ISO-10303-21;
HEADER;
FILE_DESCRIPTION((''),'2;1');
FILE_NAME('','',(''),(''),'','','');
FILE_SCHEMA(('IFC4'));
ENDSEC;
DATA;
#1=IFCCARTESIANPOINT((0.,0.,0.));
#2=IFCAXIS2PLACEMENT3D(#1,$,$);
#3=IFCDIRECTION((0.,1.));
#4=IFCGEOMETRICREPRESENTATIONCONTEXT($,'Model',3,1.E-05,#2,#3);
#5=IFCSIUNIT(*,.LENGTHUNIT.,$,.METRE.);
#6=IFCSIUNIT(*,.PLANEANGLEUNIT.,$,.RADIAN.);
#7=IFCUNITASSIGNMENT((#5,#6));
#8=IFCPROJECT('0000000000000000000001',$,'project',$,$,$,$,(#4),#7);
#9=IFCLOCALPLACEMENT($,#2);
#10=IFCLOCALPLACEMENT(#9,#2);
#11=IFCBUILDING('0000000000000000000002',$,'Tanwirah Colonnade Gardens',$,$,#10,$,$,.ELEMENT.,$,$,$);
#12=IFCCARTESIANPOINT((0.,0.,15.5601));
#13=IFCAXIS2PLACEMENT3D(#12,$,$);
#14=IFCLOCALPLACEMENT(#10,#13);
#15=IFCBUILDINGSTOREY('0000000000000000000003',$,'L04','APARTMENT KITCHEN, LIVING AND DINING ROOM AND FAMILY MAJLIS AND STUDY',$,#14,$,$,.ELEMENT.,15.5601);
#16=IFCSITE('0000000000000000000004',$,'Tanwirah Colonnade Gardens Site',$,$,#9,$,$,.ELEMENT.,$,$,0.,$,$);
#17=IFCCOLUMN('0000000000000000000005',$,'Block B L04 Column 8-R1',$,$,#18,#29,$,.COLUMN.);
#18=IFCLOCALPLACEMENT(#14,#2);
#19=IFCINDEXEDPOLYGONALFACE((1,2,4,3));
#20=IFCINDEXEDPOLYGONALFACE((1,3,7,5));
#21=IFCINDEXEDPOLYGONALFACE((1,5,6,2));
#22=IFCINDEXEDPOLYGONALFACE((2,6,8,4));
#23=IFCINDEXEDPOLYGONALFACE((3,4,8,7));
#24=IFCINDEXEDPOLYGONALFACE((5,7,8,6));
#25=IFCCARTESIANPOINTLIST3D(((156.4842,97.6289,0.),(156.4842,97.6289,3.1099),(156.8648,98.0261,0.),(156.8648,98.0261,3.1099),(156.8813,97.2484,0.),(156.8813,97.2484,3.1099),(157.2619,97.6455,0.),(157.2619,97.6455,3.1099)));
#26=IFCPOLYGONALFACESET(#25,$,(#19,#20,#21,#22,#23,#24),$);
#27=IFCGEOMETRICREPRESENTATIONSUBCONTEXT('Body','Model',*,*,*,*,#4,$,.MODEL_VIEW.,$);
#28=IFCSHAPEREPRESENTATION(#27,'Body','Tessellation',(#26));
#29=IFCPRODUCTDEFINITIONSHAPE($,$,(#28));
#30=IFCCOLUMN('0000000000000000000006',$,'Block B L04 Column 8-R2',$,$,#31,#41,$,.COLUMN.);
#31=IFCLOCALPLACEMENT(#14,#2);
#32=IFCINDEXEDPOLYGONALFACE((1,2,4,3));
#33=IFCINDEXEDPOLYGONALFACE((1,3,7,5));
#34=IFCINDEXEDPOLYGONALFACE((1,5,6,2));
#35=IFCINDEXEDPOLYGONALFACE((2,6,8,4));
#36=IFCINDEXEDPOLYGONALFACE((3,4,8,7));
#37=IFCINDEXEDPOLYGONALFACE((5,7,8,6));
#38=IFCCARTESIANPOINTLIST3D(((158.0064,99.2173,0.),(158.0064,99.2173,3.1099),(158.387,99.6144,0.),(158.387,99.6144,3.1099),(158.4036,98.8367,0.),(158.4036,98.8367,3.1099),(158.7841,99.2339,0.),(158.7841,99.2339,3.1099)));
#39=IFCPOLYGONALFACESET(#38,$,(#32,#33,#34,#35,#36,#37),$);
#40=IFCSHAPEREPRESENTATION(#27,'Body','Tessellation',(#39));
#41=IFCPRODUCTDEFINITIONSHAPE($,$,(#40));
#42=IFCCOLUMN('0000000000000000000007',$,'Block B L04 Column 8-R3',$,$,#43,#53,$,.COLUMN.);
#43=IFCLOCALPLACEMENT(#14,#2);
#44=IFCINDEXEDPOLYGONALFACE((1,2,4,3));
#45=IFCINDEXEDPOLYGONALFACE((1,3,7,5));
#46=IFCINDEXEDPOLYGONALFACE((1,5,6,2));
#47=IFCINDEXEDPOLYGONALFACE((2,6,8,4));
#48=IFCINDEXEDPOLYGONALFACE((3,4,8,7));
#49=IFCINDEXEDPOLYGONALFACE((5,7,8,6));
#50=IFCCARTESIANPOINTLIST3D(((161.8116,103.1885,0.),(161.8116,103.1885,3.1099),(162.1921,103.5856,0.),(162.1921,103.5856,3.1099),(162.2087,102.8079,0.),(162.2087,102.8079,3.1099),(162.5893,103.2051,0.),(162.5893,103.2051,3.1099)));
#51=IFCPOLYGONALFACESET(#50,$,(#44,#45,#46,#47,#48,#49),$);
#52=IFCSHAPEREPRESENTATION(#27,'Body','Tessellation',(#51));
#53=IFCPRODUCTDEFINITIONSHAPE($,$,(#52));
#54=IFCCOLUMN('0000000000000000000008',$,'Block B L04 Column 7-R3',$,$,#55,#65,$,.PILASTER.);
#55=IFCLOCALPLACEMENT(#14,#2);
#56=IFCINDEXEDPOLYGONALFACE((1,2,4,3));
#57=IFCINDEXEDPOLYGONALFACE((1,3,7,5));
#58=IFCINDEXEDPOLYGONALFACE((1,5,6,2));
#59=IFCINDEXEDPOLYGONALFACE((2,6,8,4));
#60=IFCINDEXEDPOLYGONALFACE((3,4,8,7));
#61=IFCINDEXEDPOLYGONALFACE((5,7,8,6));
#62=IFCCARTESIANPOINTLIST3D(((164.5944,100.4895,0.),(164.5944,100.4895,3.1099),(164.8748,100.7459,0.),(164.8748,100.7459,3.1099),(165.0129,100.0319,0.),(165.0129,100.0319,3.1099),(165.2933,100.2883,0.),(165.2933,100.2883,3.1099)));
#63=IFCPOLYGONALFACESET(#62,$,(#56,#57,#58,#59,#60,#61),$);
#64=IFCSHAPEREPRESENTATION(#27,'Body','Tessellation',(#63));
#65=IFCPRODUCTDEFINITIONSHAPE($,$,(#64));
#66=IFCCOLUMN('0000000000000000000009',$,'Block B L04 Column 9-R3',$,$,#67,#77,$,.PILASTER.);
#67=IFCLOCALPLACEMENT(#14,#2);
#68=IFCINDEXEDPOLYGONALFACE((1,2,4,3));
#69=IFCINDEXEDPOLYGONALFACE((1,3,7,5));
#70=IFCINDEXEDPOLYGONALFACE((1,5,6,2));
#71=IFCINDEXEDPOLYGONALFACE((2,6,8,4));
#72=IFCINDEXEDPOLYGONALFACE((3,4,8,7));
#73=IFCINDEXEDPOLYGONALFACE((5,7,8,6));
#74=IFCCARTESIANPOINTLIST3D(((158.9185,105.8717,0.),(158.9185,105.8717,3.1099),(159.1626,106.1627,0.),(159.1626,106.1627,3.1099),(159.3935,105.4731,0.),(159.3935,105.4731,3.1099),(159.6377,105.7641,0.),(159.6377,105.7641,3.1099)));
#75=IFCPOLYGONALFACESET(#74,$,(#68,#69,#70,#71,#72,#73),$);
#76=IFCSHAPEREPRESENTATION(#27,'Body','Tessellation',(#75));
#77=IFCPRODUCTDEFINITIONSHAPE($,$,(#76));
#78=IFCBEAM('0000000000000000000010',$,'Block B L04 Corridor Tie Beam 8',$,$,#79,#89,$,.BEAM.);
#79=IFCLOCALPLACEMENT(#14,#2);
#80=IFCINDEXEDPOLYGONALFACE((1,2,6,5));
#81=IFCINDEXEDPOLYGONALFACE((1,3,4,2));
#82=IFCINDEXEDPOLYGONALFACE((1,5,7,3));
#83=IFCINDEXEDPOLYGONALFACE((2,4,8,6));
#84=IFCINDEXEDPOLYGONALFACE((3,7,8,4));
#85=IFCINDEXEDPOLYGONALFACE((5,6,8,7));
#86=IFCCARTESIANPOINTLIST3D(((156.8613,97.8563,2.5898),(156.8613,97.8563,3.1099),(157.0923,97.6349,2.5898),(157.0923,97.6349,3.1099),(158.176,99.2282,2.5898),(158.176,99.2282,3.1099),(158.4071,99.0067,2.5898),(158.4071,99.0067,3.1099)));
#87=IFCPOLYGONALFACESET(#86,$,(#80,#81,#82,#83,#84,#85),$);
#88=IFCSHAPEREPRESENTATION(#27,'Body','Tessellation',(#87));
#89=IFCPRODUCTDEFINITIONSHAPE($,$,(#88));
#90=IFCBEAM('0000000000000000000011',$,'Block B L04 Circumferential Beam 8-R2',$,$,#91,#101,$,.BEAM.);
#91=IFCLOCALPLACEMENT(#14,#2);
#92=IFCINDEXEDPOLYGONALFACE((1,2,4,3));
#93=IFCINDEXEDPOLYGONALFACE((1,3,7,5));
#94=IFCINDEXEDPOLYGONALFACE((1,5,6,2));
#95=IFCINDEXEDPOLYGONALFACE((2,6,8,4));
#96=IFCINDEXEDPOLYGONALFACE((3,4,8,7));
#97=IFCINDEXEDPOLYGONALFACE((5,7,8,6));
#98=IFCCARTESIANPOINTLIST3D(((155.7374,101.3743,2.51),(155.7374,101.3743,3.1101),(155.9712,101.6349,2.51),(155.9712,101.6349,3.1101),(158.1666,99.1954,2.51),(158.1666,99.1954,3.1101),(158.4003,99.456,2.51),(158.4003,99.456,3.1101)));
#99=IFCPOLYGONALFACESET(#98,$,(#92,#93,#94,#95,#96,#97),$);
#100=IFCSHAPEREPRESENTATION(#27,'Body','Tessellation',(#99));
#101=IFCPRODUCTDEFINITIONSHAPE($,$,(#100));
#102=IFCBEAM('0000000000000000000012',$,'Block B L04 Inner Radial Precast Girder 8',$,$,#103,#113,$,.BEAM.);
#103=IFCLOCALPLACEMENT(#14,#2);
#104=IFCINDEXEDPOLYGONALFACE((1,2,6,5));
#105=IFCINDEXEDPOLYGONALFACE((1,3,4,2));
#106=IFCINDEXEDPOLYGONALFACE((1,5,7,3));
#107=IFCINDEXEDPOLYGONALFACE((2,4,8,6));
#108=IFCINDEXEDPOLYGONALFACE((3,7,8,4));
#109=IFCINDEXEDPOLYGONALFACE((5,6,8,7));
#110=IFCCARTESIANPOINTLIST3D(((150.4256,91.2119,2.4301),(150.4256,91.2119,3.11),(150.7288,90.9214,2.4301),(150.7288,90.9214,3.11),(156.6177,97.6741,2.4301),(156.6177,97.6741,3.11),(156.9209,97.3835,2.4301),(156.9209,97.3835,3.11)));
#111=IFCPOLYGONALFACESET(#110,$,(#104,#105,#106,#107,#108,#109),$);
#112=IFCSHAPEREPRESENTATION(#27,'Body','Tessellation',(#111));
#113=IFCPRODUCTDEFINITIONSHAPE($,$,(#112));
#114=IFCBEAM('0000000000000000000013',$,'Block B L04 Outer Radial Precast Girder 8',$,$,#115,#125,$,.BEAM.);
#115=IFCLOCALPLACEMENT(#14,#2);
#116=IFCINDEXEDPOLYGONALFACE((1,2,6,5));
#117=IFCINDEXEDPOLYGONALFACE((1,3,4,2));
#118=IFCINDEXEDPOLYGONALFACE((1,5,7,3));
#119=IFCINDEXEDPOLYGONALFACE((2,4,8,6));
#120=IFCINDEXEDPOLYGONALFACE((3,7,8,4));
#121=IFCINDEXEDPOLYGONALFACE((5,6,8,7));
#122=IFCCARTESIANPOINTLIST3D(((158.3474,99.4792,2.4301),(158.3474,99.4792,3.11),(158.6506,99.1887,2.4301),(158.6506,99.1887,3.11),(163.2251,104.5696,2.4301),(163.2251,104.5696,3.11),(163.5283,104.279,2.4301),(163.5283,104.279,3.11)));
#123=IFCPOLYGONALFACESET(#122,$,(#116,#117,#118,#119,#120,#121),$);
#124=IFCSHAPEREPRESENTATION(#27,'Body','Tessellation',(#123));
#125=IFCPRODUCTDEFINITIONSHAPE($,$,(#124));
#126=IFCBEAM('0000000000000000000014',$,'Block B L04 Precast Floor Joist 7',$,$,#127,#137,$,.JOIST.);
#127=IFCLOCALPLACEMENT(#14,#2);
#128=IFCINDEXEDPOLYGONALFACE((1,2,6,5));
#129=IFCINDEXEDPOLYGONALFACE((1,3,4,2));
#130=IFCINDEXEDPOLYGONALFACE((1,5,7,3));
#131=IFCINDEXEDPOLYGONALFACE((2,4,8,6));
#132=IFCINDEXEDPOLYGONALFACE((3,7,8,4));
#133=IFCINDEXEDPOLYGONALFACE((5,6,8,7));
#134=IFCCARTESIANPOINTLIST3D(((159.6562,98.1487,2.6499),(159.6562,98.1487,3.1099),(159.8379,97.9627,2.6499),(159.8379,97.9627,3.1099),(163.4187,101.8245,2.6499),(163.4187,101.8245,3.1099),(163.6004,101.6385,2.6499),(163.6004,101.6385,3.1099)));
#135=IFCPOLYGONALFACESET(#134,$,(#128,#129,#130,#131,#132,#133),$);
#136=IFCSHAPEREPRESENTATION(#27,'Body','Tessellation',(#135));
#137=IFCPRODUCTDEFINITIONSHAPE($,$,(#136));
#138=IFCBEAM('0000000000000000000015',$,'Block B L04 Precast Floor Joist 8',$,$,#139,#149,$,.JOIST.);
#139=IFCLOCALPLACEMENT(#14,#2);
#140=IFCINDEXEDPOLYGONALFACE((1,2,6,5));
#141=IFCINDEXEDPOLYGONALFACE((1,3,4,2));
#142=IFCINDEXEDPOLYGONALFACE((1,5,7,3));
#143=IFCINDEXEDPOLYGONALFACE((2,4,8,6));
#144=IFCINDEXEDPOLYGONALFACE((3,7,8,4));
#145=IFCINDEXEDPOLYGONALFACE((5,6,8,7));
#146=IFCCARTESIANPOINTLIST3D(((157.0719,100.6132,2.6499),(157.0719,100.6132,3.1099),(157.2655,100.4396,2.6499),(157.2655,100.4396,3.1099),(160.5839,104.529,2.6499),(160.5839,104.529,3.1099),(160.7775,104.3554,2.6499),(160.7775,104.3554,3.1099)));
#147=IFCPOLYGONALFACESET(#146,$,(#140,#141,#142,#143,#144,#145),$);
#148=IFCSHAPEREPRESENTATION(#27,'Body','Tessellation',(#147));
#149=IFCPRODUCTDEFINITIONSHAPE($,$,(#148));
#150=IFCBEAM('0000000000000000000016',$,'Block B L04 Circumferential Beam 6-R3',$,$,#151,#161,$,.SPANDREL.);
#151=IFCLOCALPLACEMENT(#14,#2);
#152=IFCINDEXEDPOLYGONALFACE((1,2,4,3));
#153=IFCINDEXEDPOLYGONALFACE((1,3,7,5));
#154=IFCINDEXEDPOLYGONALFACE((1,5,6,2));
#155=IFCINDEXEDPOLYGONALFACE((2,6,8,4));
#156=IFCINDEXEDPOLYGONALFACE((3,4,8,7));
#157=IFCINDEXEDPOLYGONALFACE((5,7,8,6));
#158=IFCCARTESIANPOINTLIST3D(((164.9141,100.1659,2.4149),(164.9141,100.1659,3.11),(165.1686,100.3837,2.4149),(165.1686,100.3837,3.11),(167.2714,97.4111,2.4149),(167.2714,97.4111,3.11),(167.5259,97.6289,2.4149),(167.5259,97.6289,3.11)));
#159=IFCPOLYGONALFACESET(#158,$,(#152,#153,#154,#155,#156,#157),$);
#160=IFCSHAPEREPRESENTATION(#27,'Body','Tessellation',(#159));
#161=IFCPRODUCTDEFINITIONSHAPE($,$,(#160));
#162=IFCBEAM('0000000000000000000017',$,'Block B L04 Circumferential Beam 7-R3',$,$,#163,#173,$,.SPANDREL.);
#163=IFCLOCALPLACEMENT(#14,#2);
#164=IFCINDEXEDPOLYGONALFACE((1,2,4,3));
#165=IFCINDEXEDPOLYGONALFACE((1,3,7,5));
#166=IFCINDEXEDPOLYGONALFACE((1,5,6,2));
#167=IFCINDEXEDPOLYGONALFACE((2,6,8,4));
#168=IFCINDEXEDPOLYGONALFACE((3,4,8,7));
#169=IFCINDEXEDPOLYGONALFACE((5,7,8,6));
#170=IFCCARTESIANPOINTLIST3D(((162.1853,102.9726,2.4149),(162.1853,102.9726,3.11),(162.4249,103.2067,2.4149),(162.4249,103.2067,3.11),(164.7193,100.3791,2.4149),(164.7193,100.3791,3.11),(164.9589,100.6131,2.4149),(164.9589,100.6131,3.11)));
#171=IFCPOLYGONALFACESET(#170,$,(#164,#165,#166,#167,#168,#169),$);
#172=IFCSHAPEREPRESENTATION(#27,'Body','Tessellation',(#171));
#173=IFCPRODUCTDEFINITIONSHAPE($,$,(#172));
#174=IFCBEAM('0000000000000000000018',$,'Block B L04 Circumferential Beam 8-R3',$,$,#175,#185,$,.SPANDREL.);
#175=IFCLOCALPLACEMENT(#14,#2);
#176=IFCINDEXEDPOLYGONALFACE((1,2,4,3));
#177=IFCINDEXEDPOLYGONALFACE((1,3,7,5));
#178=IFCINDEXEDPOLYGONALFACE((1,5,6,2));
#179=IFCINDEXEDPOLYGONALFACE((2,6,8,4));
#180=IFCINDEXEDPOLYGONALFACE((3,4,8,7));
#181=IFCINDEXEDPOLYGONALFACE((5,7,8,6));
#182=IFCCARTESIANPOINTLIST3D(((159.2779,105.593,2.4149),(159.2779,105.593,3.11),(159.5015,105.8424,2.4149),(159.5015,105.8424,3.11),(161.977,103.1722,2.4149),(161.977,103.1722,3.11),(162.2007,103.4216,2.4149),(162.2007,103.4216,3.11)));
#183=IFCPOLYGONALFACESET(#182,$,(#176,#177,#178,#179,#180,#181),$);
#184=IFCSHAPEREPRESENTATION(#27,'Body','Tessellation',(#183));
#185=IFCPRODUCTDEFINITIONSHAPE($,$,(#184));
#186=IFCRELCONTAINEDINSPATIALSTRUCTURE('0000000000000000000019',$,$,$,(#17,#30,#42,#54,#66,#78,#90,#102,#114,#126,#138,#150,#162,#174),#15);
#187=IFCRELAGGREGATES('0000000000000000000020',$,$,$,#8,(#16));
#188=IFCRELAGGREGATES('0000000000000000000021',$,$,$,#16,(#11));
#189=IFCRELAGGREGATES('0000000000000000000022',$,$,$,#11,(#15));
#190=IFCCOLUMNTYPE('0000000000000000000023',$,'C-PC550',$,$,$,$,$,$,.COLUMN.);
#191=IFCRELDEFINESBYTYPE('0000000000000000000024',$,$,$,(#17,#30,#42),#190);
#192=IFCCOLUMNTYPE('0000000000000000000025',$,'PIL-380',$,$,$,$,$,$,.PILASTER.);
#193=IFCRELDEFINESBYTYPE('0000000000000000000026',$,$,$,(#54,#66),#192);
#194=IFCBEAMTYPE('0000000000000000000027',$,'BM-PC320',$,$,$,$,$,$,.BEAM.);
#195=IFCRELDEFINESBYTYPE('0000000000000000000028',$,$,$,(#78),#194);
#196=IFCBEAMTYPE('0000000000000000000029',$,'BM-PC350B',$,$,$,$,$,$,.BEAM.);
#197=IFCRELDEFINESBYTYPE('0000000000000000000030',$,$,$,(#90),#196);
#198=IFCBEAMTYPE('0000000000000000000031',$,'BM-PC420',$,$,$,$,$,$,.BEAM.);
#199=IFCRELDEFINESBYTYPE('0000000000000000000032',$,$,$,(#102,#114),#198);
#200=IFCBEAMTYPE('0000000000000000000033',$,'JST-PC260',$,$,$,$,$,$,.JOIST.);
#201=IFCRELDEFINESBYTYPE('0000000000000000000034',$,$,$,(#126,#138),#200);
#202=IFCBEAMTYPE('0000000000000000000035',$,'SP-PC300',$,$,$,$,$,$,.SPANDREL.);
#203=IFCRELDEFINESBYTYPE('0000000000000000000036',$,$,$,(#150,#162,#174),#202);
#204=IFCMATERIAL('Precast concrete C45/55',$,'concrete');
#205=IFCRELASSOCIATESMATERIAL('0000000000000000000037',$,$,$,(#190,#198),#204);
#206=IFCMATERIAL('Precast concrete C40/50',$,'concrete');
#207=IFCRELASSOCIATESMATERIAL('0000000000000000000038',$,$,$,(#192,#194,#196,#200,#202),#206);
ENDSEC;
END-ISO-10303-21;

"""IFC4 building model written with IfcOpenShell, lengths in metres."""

from ifc_helpers import new_model, si_unit, direction, frame, origin, origin_2d, place, context, subcontext, project, spatial, rectangle, extrude, material, material_profile, profile_set, type_object, element, save


model = new_model("IFC4")

# Units and contexts
model_context = context("Model", 3, precision=1e-05, world=origin(), true_north=direction((0.0, 1.0)))
body_context = subcontext(model_context, "Body", "Model", "MODEL_VIEW")
ifc_project = project(units=[si_unit("LENGTHUNIT", "METRE"), si_unit("PLANEANGLEUNIT", "RADIAN")], contexts=[model_context])

# Site, building, storey
site_placement = place(None, origin())
site = spatial("IfcSite", under=ifc_project, at=site_placement, Name="Tanwirah Colonnade Gardens Site", CompositionType="ELEMENT", RefElevation=0.0)
building_placement = place(site_placement, origin())
building = spatial("IfcBuilding", under=site, at=building_placement, Name="Tanwirah Colonnade Gardens", CompositionType="ELEMENT")
storey_placement = place(building_placement, frame((0.0, 0.0, 15.5601)))
storey = spatial("IfcBuildingStorey", under=building, at=storey_placement, Name="L04", Description="APARTMENT KITCHEN, LIVING AND DINING ROOM AND FAMILY MAJLIS AND STUDY", CompositionType="ELEMENT", Elevation=15.5601)

# Columns
ifc_material_1 = material(Name="Precast concrete C45/55", Category="concrete")
ifc_material_profile_1 = material_profile(ifc_material_1, rectangle(XDim=0.55, YDim=0.55, at=origin_2d()), Name="PC-COL 550x550")
ifc_profile_set_1 = profile_set([ifc_material_profile_1], Name="Precast concrete C45/55")
column_type_1 = type_object("IfcColumnType", Name="C-PC550", PredefinedType="COLUMN", material=ifc_profile_set_1)
for number, where, z_axis, x_axis, name in (
    (1, (156.873, 97.6372, 0.0), (0.0, 0.0, 1.0), (0.691863, 0.722029, 0.0), "Block B L04 Column 8-R1"),
    (2, (158.3953, 99.2256, 0.0), (0.0, 0.0, 1.0), (0.691863, 0.722029, 0.0), "Block B L04 Column 8-R2"),
    (3, (162.2004, 103.1968, 0.0), (0.0, 0.0, 1.0), (0.691863, 0.722029, 0.0), "Block B L04 Column 8-R3"),
):
    element("IfcColumn", number, at=place(storey_placement, frame(where, z_axis=z_axis, x_axis=x_axis)), inside=storey, type_object=column_type_1, Name=name, PredefinedType="COLUMN", context=body_context, shape_type="SweptSolid", body=[
        extrude(rectangle(XDim=0.55, YDim=0.55, at=origin_2d()), origin(), (0.0, 0.0, 1.0), 3.1099),
    ])
ifc_material_2 = material(Name="Precast concrete C40/50", Category="concrete")
ifc_material_profile_2 = material_profile(ifc_material_2, rectangle(XDim=0.3799, YDim=0.6201, at=origin_2d()), Name="PC-PIL 380x620")
ifc_profile_set_2 = profile_set([ifc_material_profile_2], Name="Precast concrete C40/50")
column_type_2 = type_object("IfcColumnType", Name="PIL-380", PredefinedType="PILASTER", material=ifc_profile_set_2)
for number, where, z_axis, x_axis, name in (
    (4, (164.9438, 100.3889, 0.0), (0.0, 0.0, 1.0), (0.737932, 0.674875, 0.0), "Block B L04 Column 7-R3"),
    (5, (159.2781, 105.8179, 0.0), (0.0, 0.0, 1.0), (0.642788, 0.766044, 0.0), "Block B L04 Column 9-R3"),
):
    element("IfcColumn", number, at=place(storey_placement, frame(where, z_axis=z_axis, x_axis=x_axis)), inside=storey, type_object=column_type_2, Name=name, PredefinedType="PILASTER", context=body_context, shape_type="SweptSolid", body=[
        extrude(rectangle(XDim=0.3799, YDim=0.6201, at=origin_2d()), origin(), (0.0, 0.0, 1.0), 3.1099),
    ])

# Beams
ifc_material_profile_3 = material_profile(ifc_material_2, rectangle(XDim=0.3201, YDim=0.52, at=origin_2d()), Name="PC-BM 320x520")
ifc_profile_set_3 = profile_set([ifc_material_profile_3], Name="Precast concrete C40/50")
beam_type_1 = type_object("IfcBeamType", Name="BM-PC320", PredefinedType="BEAM", material=ifc_profile_set_3)
beam_1_placement = place(storey_placement, frame((156.9768, 97.7456, 2.8499), z_axis=(0.691914, 0.72198, 0.0), x_axis=(-0.72198, 0.691914, 0.0)))
element("IfcBeam", 6, at=beam_1_placement, inside=storey, type_object=beam_type_1, Name="Block B L04 Corridor Tie Beam 8", PredefinedType="BEAM", context=body_context, shape_type="SweptSolid", body=[
    extrude(rectangle(XDim=0.3201, YDim=0.52, at=origin_2d()), origin(), (0.0, 0.0, 1.0), 1.9001),
])
ifc_material_profile_4 = material_profile(ifc_material_2, rectangle(XDim=0.3501, YDim=0.6001, at=origin_2d()), Name="PC-BM 350x600")
ifc_profile_set_4 = profile_set([ifc_material_profile_4], Name="Precast concrete C40/50")
beam_type_2 = type_object("IfcBeamType", Name="BM-PC350B", PredefinedType="BEAM", material=ifc_profile_set_4)
beam_2_placement = place(storey_placement, frame((158.2834, 99.3257, 2.8101), z_axis=(-0.744409, 0.667724, 0.0), x_axis=(-0.667724, -0.744409, 0.0)))
element("IfcBeam", 7, at=beam_2_placement, inside=storey, type_object=beam_type_2, Name="Block B L04 Circumferential Beam 8-R2", PredefinedType="BEAM", context=body_context, shape_type="SweptSolid", body=[
    extrude(rectangle(XDim=0.3501, YDim=0.6001, at=origin_2d()), origin(), (0.0, 0.0, 1.0), 3.2632),
])
ifc_material_profile_5 = material_profile(ifc_material_1, rectangle(XDim=0.4199, YDim=0.6799, at=origin_2d()), Name="PC-BM 420x680")
ifc_profile_set_5 = profile_set([ifc_material_profile_5], Name="Precast concrete C45/55")
beam_type_3 = type_object("IfcBeamType", Name="BM-PC420", PredefinedType="BEAM", material=ifc_profile_set_5)
beam_3_placement = place(storey_placement, frame((156.7693, 97.5288, 2.77), z_axis=(-0.691861, -0.722031, 0.0), x_axis=(0.722031, -0.691861, 0.0)))
element("IfcBeam", 8, at=beam_3_placement, inside=storey, type_object=beam_type_3, Name="Block B L04 Inner Radial Precast Girder 8", PredefinedType="BEAM", context=body_context, shape_type="SweptSolid", body=[
    extrude(rectangle(XDim=0.4199, YDim=0.6799, at=origin_2d()), origin(), (0.0, 0.0, 1.0), 8.95),
])
beam_4_placement = place(storey_placement, frame((158.499, 99.334, 2.77), z_axis=(0.691865, 0.722027, 0.0), x_axis=(-0.722027, 0.691865, 0.0)))
element("IfcBeam", 9, at=beam_4_placement, inside=storey, type_object=beam_type_3, Name="Block B L04 Outer Radial Precast Girder 8", PredefinedType="BEAM", context=body_context, shape_type="SweptSolid", body=[
    extrude(rectangle(XDim=0.4199, YDim=0.6799, at=origin_2d()), origin(), (0.0, 0.0, 1.0), 7.05),
])
ifc_material_profile_6 = material_profile(ifc_material_2, rectangle(XDim=0.26, YDim=0.46, at=origin_2d()), Name="PC-JST 260x460")
ifc_profile_set_6 = profile_set([ifc_material_profile_6], Name="Precast concrete C40/50")
beam_type_4 = type_object("IfcBeamType", Name="JST-PC260", PredefinedType="JOIST", material=ifc_profile_set_6)
for number, where, z_axis, x_axis, name in (
    (10, (159.7471, 98.0557, 2.8799), (0.715297, 0.69882, 0.0), (-0.69882, 0.715297, 0.0), "Block B L04 Precast Floor Joist 7"),
    (11, (157.1687, 100.5264, 2.8799), (0.667679, 0.744449, 0.0), (-0.744449, 0.667679, 0.0), "Block B L04 Precast Floor Joist 8"),
):
    element("IfcBeam", number, at=place(storey_placement, frame(where, z_axis=z_axis, x_axis=x_axis)), inside=storey, type_object=beam_type_4, Name=name, PredefinedType="JOIST", context=body_context, shape_type="SweptSolid", body=[
        extrude(rectangle(XDim=0.26, YDim=0.46, at=origin_2d()), origin(), (0.0, 0.0, 1.0), 5.26),
    ])
ifc_material_profile_7 = material_profile(ifc_material_2, rectangle(XDim=0.335, YDim=0.6951, at=origin_2d()), Name="PC-SP 335x695")
ifc_profile_set_7 = profile_set([ifc_material_profile_7], Name="Precast concrete C40/50")
beam_type_5 = type_object("IfcBeamType", Name="SP-PC300", PredefinedType="SPANDREL", material=ifc_profile_set_7)
beam_5_placement = place(storey_placement, frame((167.3987, 97.52, 2.7625), z_axis=(-0.65017, 0.759789, 0.0), x_axis=(-0.759789, -0.65017, 0.0)))
element("IfcBeam", 12, at=beam_5_placement, inside=storey, type_object=beam_type_5, Name="Block B L04 Circumferential Beam 6-R3", PredefinedType="SPANDREL", context=body_context, shape_type="SweptSolid", body=[
    extrude(rectangle(XDim=0.335, YDim=0.6951, at=origin_2d()), origin(), (0.0, 0.0, 1.0), 3.6257),
])
beam_6_placement = place(storey_placement, frame((164.8391, 100.4961, 2.7625), z_axis=(-0.698844, 0.715274, 0.0), x_axis=(-0.715274, -0.698844, 0.0)))
element("IfcBeam", 13, at=beam_6_placement, inside=storey, type_object=beam_type_5, Name="Block B L04 Circumferential Beam 7-R3", PredefinedType="SPANDREL", context=body_context, shape_type="SweptSolid", body=[
    extrude(rectangle(XDim=0.335, YDim=0.6951, at=origin_2d()), origin(), (0.0, 0.0, 1.0), 3.626),
])
beam_7_placement = place(storey_placement, frame((162.0889, 103.2969, 2.7625), z_axis=(-0.744445, 0.667684, 0.0), x_axis=(-0.667684, -0.744445, 0.0)))
element("IfcBeam", 14, at=beam_7_placement, inside=storey, type_object=beam_type_5, Name="Block B L04 Circumferential Beam 8-R3", PredefinedType="SPANDREL", context=body_context, shape_type="SweptSolid", body=[
    extrude(rectangle(XDim=0.335, YDim=0.6951, at=origin_2d()), origin(), (0.0, 0.0, 1.0), 3.6257),
])

save(model, "model.ifc")
